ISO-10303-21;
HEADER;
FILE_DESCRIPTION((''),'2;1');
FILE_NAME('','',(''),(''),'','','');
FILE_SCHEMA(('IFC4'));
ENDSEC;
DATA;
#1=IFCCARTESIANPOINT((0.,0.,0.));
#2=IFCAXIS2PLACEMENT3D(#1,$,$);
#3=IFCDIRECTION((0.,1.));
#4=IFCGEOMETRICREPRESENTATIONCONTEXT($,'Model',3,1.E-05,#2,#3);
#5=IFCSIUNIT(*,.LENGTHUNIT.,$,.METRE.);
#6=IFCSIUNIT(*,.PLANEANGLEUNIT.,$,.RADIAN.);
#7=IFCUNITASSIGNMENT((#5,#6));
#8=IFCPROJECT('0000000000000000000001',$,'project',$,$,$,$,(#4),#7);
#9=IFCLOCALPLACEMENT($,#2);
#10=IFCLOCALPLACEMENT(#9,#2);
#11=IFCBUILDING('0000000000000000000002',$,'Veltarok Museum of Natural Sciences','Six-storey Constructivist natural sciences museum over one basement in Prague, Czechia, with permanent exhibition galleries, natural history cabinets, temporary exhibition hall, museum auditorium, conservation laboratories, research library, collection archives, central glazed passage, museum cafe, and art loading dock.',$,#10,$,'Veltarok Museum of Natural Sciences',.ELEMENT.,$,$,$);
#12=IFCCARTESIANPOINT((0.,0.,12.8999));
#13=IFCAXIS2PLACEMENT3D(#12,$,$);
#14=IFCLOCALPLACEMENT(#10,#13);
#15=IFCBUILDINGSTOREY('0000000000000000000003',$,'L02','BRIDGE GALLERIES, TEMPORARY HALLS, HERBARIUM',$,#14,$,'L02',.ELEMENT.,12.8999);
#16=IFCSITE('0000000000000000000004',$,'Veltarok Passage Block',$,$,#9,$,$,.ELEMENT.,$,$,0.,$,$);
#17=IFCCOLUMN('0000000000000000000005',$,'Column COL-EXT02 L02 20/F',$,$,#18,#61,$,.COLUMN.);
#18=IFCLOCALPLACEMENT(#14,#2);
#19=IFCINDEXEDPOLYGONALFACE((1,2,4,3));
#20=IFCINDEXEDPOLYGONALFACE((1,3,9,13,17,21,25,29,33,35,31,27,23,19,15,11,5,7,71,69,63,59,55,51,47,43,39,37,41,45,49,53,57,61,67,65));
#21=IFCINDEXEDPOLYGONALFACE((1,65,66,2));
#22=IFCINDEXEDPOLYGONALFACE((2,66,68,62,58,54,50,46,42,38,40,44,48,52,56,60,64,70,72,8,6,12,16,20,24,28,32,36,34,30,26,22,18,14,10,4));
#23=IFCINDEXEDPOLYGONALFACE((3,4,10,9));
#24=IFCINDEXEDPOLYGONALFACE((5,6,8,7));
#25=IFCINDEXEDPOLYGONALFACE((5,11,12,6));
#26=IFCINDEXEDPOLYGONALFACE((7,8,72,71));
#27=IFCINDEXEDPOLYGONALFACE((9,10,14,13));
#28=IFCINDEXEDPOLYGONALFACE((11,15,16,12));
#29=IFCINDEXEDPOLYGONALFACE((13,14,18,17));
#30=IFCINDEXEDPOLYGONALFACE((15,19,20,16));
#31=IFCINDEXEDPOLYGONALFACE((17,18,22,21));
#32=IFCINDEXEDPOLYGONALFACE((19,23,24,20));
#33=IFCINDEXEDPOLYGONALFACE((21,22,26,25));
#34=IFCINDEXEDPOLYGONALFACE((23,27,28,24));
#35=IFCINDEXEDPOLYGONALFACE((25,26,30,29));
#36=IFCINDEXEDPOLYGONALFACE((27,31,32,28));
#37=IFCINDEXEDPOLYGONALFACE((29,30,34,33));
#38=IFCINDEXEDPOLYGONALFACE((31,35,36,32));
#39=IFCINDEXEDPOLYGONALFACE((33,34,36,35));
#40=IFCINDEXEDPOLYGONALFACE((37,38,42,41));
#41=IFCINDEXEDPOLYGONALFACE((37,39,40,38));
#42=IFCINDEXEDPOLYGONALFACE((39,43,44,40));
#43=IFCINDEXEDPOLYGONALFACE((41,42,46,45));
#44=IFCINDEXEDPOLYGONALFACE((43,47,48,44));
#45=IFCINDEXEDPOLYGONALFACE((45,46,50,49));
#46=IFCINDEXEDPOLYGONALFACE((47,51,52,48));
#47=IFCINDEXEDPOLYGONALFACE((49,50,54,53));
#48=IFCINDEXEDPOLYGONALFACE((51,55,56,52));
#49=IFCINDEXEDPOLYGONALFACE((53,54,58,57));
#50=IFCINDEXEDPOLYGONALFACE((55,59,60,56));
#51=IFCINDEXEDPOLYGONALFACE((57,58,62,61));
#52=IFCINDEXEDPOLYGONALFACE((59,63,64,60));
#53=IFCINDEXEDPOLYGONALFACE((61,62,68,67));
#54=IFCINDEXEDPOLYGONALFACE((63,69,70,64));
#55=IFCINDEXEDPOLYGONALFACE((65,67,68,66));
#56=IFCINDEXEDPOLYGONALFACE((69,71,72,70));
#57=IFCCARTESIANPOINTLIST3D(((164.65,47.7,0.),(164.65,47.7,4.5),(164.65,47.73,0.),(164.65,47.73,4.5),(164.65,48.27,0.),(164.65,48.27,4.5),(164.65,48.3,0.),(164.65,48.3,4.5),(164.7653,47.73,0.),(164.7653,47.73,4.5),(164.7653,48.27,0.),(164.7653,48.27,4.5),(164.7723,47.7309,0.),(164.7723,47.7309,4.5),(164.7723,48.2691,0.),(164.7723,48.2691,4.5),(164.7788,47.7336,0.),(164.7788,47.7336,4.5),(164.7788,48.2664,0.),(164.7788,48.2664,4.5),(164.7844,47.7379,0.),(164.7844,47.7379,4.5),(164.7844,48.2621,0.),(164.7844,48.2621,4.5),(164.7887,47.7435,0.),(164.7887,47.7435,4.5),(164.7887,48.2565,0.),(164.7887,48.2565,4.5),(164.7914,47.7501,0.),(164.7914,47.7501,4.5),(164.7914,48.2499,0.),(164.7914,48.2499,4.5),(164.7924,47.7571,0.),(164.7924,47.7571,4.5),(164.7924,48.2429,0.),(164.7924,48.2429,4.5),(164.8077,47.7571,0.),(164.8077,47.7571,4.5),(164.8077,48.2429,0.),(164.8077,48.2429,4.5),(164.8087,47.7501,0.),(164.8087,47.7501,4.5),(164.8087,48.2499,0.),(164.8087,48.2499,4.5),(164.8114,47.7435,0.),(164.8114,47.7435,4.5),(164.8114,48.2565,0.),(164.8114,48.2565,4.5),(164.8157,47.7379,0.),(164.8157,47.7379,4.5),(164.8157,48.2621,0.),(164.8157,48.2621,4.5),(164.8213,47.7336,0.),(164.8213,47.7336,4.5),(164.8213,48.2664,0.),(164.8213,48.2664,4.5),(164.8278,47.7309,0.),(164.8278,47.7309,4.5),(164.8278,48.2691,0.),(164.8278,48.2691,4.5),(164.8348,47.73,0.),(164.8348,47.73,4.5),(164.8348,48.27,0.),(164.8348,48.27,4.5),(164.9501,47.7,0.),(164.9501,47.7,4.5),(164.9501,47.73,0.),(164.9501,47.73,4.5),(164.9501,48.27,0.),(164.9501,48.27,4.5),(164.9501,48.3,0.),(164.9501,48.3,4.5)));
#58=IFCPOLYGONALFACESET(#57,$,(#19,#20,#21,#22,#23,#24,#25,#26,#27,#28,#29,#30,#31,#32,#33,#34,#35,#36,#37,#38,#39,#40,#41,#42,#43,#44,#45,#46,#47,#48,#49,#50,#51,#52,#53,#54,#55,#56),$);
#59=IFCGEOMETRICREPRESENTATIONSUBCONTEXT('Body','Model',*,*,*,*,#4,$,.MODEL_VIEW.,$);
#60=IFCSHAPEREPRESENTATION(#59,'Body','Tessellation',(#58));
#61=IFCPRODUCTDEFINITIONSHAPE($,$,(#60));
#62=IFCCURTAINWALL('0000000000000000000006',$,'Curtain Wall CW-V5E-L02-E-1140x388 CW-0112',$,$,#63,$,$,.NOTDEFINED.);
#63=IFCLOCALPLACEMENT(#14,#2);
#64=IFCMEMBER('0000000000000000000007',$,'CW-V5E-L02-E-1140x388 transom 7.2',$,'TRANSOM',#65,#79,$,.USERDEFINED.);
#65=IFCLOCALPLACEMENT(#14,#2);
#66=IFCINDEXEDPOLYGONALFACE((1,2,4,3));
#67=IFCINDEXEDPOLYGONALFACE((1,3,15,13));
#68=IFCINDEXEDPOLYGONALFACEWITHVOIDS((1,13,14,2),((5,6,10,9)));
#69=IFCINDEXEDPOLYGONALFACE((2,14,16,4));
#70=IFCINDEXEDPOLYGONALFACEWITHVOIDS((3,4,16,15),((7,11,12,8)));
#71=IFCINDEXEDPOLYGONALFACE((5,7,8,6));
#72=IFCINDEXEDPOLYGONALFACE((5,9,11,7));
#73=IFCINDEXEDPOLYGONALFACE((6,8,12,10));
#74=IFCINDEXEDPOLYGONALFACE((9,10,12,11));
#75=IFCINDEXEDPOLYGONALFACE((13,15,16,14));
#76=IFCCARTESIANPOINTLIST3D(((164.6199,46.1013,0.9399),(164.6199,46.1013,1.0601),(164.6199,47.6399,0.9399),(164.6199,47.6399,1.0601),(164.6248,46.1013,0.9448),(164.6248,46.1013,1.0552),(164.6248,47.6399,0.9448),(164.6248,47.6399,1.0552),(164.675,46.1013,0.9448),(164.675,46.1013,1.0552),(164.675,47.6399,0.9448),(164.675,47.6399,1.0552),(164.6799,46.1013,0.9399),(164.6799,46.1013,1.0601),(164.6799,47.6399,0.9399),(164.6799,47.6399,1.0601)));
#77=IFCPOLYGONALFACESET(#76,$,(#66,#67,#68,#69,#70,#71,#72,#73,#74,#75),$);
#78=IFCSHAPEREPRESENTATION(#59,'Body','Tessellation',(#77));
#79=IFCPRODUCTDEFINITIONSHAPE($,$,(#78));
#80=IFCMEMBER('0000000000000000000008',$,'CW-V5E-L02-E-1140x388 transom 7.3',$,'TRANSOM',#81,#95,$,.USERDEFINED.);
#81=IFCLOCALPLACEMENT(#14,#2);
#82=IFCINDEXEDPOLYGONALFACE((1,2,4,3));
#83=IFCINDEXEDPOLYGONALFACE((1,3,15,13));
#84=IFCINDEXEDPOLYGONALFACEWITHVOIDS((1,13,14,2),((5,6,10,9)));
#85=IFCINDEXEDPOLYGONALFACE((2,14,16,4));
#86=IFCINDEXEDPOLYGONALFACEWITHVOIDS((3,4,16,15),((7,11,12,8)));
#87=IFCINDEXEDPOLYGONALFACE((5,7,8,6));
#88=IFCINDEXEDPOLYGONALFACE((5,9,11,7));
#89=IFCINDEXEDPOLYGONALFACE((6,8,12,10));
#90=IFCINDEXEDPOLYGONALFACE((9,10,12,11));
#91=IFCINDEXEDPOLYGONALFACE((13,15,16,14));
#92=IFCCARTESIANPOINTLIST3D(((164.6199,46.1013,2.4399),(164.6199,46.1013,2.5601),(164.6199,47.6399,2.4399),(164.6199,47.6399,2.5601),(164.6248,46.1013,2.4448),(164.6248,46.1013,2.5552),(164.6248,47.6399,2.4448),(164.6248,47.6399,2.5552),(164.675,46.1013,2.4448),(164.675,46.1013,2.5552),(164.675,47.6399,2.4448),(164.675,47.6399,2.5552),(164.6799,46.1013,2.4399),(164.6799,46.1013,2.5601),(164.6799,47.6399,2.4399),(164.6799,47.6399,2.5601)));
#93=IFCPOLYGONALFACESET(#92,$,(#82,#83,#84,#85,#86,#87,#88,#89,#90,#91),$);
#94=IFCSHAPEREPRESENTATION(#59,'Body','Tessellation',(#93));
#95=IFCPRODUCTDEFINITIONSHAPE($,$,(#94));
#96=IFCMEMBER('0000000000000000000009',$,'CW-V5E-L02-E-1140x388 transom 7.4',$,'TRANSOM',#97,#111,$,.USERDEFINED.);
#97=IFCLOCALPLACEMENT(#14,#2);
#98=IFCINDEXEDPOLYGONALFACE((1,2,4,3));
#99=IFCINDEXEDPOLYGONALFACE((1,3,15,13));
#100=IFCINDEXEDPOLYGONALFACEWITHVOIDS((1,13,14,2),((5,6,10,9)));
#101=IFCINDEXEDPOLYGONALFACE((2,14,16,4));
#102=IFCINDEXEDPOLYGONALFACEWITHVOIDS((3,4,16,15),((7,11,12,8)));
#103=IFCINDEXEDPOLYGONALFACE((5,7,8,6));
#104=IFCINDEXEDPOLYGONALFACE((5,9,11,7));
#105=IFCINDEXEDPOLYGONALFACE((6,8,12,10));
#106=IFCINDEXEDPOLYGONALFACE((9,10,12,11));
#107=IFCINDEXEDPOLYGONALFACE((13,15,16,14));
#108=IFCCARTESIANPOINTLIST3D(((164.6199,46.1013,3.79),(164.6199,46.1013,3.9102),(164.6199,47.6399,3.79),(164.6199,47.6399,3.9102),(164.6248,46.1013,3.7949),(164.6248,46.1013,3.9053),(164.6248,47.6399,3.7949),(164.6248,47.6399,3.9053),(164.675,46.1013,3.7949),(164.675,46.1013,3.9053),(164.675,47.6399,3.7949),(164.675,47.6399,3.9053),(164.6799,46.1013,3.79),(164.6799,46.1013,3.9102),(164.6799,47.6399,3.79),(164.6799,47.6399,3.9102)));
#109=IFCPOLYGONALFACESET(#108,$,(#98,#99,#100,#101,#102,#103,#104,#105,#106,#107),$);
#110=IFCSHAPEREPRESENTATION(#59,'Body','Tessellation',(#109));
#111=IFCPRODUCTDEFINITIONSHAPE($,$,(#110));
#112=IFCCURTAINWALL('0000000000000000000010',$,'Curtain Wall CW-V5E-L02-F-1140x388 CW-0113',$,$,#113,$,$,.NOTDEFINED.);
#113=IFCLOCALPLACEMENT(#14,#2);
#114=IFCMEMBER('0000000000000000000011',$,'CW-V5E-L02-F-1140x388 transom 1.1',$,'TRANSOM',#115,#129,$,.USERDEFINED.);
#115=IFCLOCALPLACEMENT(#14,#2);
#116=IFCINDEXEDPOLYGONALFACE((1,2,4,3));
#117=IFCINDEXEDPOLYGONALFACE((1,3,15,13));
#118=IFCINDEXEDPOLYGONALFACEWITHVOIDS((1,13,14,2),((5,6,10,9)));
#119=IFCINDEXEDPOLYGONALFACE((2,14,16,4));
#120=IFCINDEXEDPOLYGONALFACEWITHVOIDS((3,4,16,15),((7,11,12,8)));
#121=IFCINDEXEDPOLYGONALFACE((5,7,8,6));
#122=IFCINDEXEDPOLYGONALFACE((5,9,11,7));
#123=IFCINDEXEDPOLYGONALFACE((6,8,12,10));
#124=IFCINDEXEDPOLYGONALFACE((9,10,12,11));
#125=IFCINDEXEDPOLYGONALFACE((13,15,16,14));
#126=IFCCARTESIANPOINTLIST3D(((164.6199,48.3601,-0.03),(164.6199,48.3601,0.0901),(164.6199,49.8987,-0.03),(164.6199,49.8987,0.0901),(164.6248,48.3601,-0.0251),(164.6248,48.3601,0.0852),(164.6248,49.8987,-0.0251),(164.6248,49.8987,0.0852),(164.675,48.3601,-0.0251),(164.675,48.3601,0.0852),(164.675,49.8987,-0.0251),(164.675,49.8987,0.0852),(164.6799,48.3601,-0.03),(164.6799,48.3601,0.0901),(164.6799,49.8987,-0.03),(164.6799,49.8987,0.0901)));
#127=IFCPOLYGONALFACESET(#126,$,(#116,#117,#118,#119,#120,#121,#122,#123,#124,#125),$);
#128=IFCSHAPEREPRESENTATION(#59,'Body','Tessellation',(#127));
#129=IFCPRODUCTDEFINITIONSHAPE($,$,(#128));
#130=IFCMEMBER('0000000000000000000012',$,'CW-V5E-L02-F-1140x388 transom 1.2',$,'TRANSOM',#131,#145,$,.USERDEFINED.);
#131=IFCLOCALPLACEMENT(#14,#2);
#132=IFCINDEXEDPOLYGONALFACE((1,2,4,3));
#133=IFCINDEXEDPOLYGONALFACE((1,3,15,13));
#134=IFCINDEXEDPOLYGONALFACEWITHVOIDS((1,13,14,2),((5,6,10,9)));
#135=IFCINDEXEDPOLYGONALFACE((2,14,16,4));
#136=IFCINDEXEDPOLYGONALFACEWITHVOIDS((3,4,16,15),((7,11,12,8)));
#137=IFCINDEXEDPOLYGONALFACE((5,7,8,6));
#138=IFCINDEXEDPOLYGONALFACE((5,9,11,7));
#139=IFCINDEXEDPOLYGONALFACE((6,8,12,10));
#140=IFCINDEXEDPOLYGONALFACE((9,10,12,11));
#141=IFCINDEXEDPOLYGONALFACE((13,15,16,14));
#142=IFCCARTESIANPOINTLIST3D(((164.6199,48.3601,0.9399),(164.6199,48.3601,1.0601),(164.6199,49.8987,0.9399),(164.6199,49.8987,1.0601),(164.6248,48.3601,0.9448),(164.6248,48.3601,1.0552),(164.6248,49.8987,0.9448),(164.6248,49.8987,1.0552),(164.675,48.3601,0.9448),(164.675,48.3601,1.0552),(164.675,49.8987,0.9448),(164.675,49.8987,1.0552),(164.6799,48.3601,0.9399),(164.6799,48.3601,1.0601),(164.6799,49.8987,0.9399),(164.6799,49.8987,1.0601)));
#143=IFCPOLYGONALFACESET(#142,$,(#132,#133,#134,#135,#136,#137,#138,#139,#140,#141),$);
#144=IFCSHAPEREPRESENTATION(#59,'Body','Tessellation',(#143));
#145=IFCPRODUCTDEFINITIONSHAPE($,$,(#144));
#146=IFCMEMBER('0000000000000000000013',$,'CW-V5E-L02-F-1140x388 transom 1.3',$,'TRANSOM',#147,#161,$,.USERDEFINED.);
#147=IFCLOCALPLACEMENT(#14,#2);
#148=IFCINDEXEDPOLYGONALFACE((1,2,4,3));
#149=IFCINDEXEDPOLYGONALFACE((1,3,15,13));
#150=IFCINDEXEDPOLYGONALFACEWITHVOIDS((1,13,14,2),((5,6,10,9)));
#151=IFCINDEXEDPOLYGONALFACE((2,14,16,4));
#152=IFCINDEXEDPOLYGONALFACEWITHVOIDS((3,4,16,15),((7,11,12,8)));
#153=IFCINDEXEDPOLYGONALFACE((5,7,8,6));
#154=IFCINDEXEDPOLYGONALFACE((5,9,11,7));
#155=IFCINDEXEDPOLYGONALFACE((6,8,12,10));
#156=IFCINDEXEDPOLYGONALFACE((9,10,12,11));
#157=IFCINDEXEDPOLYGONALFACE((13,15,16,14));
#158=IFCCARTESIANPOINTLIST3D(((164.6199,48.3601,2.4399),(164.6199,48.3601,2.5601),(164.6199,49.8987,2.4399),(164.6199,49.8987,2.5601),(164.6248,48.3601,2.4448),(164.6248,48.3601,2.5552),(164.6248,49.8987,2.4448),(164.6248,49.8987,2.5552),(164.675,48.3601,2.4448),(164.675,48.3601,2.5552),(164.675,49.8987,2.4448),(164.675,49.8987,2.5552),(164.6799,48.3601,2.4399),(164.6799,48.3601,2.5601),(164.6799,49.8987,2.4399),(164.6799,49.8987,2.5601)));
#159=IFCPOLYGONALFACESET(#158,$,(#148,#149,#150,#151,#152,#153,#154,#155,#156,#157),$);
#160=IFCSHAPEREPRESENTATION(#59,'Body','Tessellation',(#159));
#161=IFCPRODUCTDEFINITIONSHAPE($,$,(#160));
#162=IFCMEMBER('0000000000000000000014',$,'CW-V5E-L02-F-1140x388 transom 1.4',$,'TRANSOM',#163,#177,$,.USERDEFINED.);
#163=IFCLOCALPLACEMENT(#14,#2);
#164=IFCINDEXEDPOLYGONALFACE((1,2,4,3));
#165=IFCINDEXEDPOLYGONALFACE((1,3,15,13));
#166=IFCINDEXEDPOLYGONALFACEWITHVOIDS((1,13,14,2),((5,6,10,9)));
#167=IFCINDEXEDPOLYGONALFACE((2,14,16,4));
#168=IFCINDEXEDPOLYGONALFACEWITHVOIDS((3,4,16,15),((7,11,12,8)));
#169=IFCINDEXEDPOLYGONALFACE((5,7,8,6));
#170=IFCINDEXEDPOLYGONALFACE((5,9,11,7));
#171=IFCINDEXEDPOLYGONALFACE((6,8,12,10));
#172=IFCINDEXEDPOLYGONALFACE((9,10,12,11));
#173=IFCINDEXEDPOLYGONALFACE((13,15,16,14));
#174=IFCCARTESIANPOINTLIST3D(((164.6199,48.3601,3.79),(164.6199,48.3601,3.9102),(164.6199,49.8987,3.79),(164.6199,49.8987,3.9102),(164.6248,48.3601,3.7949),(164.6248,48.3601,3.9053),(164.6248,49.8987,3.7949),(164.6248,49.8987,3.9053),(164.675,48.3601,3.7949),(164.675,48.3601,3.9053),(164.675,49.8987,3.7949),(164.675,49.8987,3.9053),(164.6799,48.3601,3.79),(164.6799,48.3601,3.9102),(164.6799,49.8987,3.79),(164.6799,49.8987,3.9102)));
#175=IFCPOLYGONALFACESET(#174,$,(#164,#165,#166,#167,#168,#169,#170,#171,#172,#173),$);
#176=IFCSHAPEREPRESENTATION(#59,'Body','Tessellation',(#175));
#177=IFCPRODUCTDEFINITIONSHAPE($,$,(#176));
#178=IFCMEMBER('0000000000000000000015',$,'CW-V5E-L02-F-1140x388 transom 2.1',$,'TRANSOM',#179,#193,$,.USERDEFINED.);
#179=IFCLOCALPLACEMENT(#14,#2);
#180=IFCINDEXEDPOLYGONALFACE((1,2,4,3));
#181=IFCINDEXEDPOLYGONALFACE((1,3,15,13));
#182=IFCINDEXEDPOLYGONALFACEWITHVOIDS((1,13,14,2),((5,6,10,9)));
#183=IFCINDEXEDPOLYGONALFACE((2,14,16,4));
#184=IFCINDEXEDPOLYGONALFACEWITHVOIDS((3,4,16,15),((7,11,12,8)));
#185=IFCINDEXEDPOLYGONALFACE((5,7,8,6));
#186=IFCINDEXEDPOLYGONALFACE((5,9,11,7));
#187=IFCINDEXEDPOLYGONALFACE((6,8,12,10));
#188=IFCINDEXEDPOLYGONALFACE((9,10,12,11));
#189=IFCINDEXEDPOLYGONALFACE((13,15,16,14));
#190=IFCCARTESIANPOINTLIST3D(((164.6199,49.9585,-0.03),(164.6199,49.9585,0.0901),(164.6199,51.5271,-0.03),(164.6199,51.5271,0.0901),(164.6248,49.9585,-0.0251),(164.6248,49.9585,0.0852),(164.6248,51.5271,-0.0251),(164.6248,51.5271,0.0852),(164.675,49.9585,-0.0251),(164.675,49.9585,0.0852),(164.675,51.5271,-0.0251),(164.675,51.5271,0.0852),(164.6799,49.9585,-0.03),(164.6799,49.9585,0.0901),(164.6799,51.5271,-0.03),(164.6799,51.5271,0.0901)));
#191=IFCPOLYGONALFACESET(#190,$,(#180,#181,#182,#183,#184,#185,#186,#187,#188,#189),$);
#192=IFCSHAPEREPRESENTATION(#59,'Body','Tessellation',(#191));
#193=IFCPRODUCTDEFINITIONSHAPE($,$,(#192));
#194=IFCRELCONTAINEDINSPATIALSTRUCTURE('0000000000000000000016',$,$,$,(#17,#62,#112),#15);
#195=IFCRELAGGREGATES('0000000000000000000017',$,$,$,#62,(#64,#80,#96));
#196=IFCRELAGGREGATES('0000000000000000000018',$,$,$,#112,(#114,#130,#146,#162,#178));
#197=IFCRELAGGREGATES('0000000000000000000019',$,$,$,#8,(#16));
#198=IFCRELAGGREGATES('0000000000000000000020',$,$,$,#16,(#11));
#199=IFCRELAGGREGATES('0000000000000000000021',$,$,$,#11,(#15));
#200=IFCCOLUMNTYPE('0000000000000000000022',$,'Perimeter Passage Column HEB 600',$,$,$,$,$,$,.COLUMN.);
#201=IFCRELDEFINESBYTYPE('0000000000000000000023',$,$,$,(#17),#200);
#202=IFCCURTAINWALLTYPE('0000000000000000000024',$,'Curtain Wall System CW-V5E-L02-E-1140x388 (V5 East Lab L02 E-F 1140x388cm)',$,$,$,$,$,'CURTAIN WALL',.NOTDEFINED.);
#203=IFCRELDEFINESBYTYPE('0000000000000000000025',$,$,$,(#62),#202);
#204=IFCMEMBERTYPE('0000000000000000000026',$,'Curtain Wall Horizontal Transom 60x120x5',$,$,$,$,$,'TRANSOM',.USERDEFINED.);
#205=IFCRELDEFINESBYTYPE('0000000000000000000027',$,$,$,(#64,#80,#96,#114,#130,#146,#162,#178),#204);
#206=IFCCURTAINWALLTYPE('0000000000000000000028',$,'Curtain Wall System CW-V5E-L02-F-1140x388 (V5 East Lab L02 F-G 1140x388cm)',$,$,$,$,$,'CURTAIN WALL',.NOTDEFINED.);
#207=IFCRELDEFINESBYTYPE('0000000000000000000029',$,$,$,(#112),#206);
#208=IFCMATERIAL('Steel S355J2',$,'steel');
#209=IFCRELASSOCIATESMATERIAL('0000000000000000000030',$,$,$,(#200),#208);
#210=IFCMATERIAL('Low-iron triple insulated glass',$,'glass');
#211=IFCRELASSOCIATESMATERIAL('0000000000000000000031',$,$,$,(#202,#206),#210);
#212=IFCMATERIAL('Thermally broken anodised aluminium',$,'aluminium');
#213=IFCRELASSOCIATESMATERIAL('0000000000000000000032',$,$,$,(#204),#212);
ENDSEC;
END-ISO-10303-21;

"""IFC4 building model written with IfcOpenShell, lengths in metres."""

from ifc_helpers import new_model, si_unit, direction, frame, origin, origin_2d, place, context, subcontext, project, spatial, hollow_rectangle, i_section, extrude, material, material_profile, profile_set, type_object, element, aggregate, save


model = new_model("IFC4")

# Units and contexts
model_context = context("Model", 3, precision=1e-05, world=origin(), true_north=direction((0.0, 1.0)))
body_context = subcontext(model_context, "Body", "Model", "MODEL_VIEW")
ifc_project = project(units=[si_unit("LENGTHUNIT", "METRE"), si_unit("PLANEANGLEUNIT", "RADIAN")], contexts=[model_context])

# Site, building, storey
site_placement = place(None, origin())
site = spatial("IfcSite", under=ifc_project, at=site_placement, Name="Veltarok Passage Block", CompositionType="ELEMENT", RefElevation=0.0)
building_placement = place(site_placement, origin())
building = spatial("IfcBuilding", under=site, at=building_placement, Name="Veltarok Museum of Natural Sciences", Description="Six-storey Constructivist natural sciences museum over one basement in Prague, Czechia, with permanent exhibition galleries, natural history cabinets, temporary exhibition hall, museum auditorium, conservation laboratories, research library, collection archives, central glazed passage, museum cafe, and art loading dock.", LongName="Veltarok Museum of Natural Sciences", CompositionType="ELEMENT")
storey_placement = place(building_placement, frame((0.0, 0.0, 12.8999)))
storey = spatial("IfcBuildingStorey", under=building, at=storey_placement, Name="L02", Description="BRIDGE GALLERIES, TEMPORARY HALLS, HERBARIUM", LongName="L02", CompositionType="ELEMENT", Elevation=12.8999)

# Column
ifc_material_1 = material(Name="Steel S355J2", Category="steel")
ifc_material_profile_1 = material_profile(ifc_material_1, i_section(OverallWidth=0.3, OverallDepth=0.6001, WebThickness=0.0154, FlangeThickness=0.03, FilletRadius=0.0271, at=origin_2d()), Name="HEB 600")
ifc_profile_set_1 = profile_set([ifc_material_profile_1], Name="Steel S355J2")
column_type = type_object("IfcColumnType", Name="Perimeter Passage Column HEB 600", PredefinedType="COLUMN", material=ifc_profile_set_1)
column_placement = place(storey_placement, frame((164.8, 48.0, 0.0), z_axis=(0.0, 0.0, 1.0), x_axis=(1.0, 0.0, 0.0)))
element("IfcColumn", 1, at=column_placement, inside=storey, type_object=column_type, Name="Column COL-EXT02 L02 20/F", PredefinedType="COLUMN", context=body_context, shape_type="SweptSolid", body=[
    extrude(i_section(OverallWidth=0.3, OverallDepth=0.6001, WebThickness=0.0154, FlangeThickness=0.03, FilletRadius=0.0271, at=origin_2d()), origin(), (0.0, 0.0, 1.0), 4.5),
])

# Curtain walls, members
ifc_material_2 = material(Name="Low-iron triple insulated glass", Category="glass")
curtain_wall_type_1 = type_object("IfcCurtainWallType", Name="Curtain Wall System CW-V5E-L02-E-1140x388 (V5 East Lab L02 E-F 1140x388cm)", ElementType="CURTAIN WALL", PredefinedType="NOTDEFINED", material=ifc_material_2)
curtain_wall_1_placement = place(storey_placement, origin())
curtain_wall_1 = element("IfcCurtainWall", 2, at=curtain_wall_1_placement, inside=storey, type_object=curtain_wall_type_1, Name="Curtain Wall CW-V5E-L02-E-1140x388 CW-0112", PredefinedType="NOTDEFINED")
ifc_material_3 = material(Name="Thermally broken anodised aluminium", Category="aluminium")
ifc_material_profile_2 = material_profile(ifc_material_3, hollow_rectangle(XDim=0.0601, YDim=0.1201, WallThickness=0.0049, at=origin_2d()), Name="CW TRANSOM 60x120x5")
ifc_profile_set_2 = profile_set([ifc_material_profile_2], Name="Thermally broken anodised aluminium")
member_type_1 = type_object("IfcMemberType", Name="Curtain Wall Horizontal Transom 60x120x5", ElementType="TRANSOM", PredefinedType="USERDEFINED", material=ifc_profile_set_2)
member_1_placement = place(storey_placement, frame((164.6499, 46.1013, 1.0), z_axis=(0.0, 1.0, 0.0), x_axis=(-1.0, 0.0, 0.0)))
member_1 = element("IfcMember", 3, at=member_1_placement, type_object=member_type_1, Name="CW-V5E-L02-E-1140x388 transom 7.2", ObjectType="TRANSOM", PredefinedType="USERDEFINED", context=body_context, shape_type="SweptSolid", body=[
    extrude(hollow_rectangle(XDim=0.0601, YDim=0.1201, WallThickness=0.0049, at=origin_2d()), origin(), (0.0, 0.0, 1.0), 1.5386),
])
member_2_placement = place(storey_placement, frame((164.6499, 46.1013, 2.5), z_axis=(0.0, 1.0, 0.0), x_axis=(-1.0, 0.0, 0.0)))
member_2 = element("IfcMember", 4, at=member_2_placement, type_object=member_type_1, Name="CW-V5E-L02-E-1140x388 transom 7.3", ObjectType="TRANSOM", PredefinedType="USERDEFINED", context=body_context, shape_type="SweptSolid", body=[
    extrude(hollow_rectangle(XDim=0.0601, YDim=0.1201, WallThickness=0.0049, at=origin_2d()), origin(), (0.0, 0.0, 1.0), 1.5386),
])
member_3_placement = place(storey_placement, frame((164.6499, 46.1013, 3.8501), z_axis=(0.0, 1.0, 0.0), x_axis=(-1.0, 0.0, 0.0)))
member_3 = element("IfcMember", 5, at=member_3_placement, type_object=member_type_1, Name="CW-V5E-L02-E-1140x388 transom 7.4", ObjectType="TRANSOM", PredefinedType="USERDEFINED", context=body_context, shape_type="SweptSolid", body=[
    extrude(hollow_rectangle(XDim=0.0601, YDim=0.1201, WallThickness=0.0049, at=origin_2d()), origin(), (0.0, 0.0, 1.0), 1.5386),
])
curtain_wall_type_2 = type_object("IfcCurtainWallType", Name="Curtain Wall System CW-V5E-L02-F-1140x388 (V5 East Lab L02 F-G 1140x388cm)", ElementType="CURTAIN WALL", PredefinedType="NOTDEFINED", material=ifc_material_2)
curtain_wall_2_placement = place(storey_placement, origin())
curtain_wall_2 = element("IfcCurtainWall", 6, at=curtain_wall_2_placement, inside=storey, type_object=curtain_wall_type_2, Name="Curtain Wall CW-V5E-L02-F-1140x388 CW-0113", PredefinedType="NOTDEFINED")
member_4_placement = place(storey_placement, frame((164.6499, 48.3601, 0.03), z_axis=(0.0, 1.0, 0.0), x_axis=(-1.0, 0.0, 0.0)))
member_4 = element("IfcMember", 7, at=member_4_placement, type_object=member_type_1, Name="CW-V5E-L02-F-1140x388 transom 1.1", ObjectType="TRANSOM", PredefinedType="USERDEFINED", context=body_context, shape_type="SweptSolid", body=[
    extrude(hollow_rectangle(XDim=0.0601, YDim=0.1201, WallThickness=0.0049, at=origin_2d()), origin(), (0.0, 0.0, 1.0), 1.5386),
])
member_5_placement = place(storey_placement, frame((164.6499, 48.3601, 1.0), z_axis=(0.0, 1.0, 0.0), x_axis=(-1.0, 0.0, 0.0)))
member_5 = element("IfcMember", 8, at=member_5_placement, type_object=member_type_1, Name="CW-V5E-L02-F-1140x388 transom 1.2", ObjectType="TRANSOM", PredefinedType="USERDEFINED", context=body_context, shape_type="SweptSolid", body=[
    extrude(hollow_rectangle(XDim=0.0601, YDim=0.1201, WallThickness=0.0049, at=origin_2d()), origin(), (0.0, 0.0, 1.0), 1.5386),
])
member_6_placement = place(storey_placement, frame((164.6499, 48.3601, 2.5), z_axis=(0.0, 1.0, 0.0), x_axis=(-1.0, 0.0, 0.0)))
member_6 = element("IfcMember", 9, at=member_6_placement, type_object=member_type_1, Name="CW-V5E-L02-F-1140x388 transom 1.3", ObjectType="TRANSOM", PredefinedType="USERDEFINED", context=body_context, shape_type="SweptSolid", body=[
    extrude(hollow_rectangle(XDim=0.0601, YDim=0.1201, WallThickness=0.0049, at=origin_2d()), origin(), (0.0, 0.0, 1.0), 1.5386),
])
member_7_placement = place(storey_placement, frame((164.6499, 48.3601, 3.8501), z_axis=(0.0, 1.0, 0.0), x_axis=(-1.0, 0.0, 0.0)))
member_7 = element("IfcMember", 10, at=member_7_placement, type_object=member_type_1, Name="CW-V5E-L02-F-1140x388 transom 1.4", ObjectType="TRANSOM", PredefinedType="USERDEFINED", context=body_context, shape_type="SweptSolid", body=[
    extrude(hollow_rectangle(XDim=0.0601, YDim=0.1201, WallThickness=0.0049, at=origin_2d()), origin(), (0.0, 0.0, 1.0), 1.5386),
])
member_8_placement = place(storey_placement, frame((164.6499, 49.9585, 0.03), z_axis=(0.0, 1.0, 0.0), x_axis=(-1.0, 0.0, 0.0)))
member_8 = element("IfcMember", 11, at=member_8_placement, type_object=member_type_1, Name="CW-V5E-L02-F-1140x388 transom 2.1", ObjectType="TRANSOM", PredefinedType="USERDEFINED", context=body_context, shape_type="SweptSolid", body=[
    extrude(hollow_rectangle(XDim=0.0601, YDim=0.1201, WallThickness=0.0049, at=origin_2d()), origin(), (0.0, 0.0, 1.0), 1.5686),
])

aggregate(curtain_wall_1, [member_1, member_2, member_3])
aggregate(curtain_wall_2, [member_4, member_5, member_6, member_7, member_8])

save(model, "model.ifc")
